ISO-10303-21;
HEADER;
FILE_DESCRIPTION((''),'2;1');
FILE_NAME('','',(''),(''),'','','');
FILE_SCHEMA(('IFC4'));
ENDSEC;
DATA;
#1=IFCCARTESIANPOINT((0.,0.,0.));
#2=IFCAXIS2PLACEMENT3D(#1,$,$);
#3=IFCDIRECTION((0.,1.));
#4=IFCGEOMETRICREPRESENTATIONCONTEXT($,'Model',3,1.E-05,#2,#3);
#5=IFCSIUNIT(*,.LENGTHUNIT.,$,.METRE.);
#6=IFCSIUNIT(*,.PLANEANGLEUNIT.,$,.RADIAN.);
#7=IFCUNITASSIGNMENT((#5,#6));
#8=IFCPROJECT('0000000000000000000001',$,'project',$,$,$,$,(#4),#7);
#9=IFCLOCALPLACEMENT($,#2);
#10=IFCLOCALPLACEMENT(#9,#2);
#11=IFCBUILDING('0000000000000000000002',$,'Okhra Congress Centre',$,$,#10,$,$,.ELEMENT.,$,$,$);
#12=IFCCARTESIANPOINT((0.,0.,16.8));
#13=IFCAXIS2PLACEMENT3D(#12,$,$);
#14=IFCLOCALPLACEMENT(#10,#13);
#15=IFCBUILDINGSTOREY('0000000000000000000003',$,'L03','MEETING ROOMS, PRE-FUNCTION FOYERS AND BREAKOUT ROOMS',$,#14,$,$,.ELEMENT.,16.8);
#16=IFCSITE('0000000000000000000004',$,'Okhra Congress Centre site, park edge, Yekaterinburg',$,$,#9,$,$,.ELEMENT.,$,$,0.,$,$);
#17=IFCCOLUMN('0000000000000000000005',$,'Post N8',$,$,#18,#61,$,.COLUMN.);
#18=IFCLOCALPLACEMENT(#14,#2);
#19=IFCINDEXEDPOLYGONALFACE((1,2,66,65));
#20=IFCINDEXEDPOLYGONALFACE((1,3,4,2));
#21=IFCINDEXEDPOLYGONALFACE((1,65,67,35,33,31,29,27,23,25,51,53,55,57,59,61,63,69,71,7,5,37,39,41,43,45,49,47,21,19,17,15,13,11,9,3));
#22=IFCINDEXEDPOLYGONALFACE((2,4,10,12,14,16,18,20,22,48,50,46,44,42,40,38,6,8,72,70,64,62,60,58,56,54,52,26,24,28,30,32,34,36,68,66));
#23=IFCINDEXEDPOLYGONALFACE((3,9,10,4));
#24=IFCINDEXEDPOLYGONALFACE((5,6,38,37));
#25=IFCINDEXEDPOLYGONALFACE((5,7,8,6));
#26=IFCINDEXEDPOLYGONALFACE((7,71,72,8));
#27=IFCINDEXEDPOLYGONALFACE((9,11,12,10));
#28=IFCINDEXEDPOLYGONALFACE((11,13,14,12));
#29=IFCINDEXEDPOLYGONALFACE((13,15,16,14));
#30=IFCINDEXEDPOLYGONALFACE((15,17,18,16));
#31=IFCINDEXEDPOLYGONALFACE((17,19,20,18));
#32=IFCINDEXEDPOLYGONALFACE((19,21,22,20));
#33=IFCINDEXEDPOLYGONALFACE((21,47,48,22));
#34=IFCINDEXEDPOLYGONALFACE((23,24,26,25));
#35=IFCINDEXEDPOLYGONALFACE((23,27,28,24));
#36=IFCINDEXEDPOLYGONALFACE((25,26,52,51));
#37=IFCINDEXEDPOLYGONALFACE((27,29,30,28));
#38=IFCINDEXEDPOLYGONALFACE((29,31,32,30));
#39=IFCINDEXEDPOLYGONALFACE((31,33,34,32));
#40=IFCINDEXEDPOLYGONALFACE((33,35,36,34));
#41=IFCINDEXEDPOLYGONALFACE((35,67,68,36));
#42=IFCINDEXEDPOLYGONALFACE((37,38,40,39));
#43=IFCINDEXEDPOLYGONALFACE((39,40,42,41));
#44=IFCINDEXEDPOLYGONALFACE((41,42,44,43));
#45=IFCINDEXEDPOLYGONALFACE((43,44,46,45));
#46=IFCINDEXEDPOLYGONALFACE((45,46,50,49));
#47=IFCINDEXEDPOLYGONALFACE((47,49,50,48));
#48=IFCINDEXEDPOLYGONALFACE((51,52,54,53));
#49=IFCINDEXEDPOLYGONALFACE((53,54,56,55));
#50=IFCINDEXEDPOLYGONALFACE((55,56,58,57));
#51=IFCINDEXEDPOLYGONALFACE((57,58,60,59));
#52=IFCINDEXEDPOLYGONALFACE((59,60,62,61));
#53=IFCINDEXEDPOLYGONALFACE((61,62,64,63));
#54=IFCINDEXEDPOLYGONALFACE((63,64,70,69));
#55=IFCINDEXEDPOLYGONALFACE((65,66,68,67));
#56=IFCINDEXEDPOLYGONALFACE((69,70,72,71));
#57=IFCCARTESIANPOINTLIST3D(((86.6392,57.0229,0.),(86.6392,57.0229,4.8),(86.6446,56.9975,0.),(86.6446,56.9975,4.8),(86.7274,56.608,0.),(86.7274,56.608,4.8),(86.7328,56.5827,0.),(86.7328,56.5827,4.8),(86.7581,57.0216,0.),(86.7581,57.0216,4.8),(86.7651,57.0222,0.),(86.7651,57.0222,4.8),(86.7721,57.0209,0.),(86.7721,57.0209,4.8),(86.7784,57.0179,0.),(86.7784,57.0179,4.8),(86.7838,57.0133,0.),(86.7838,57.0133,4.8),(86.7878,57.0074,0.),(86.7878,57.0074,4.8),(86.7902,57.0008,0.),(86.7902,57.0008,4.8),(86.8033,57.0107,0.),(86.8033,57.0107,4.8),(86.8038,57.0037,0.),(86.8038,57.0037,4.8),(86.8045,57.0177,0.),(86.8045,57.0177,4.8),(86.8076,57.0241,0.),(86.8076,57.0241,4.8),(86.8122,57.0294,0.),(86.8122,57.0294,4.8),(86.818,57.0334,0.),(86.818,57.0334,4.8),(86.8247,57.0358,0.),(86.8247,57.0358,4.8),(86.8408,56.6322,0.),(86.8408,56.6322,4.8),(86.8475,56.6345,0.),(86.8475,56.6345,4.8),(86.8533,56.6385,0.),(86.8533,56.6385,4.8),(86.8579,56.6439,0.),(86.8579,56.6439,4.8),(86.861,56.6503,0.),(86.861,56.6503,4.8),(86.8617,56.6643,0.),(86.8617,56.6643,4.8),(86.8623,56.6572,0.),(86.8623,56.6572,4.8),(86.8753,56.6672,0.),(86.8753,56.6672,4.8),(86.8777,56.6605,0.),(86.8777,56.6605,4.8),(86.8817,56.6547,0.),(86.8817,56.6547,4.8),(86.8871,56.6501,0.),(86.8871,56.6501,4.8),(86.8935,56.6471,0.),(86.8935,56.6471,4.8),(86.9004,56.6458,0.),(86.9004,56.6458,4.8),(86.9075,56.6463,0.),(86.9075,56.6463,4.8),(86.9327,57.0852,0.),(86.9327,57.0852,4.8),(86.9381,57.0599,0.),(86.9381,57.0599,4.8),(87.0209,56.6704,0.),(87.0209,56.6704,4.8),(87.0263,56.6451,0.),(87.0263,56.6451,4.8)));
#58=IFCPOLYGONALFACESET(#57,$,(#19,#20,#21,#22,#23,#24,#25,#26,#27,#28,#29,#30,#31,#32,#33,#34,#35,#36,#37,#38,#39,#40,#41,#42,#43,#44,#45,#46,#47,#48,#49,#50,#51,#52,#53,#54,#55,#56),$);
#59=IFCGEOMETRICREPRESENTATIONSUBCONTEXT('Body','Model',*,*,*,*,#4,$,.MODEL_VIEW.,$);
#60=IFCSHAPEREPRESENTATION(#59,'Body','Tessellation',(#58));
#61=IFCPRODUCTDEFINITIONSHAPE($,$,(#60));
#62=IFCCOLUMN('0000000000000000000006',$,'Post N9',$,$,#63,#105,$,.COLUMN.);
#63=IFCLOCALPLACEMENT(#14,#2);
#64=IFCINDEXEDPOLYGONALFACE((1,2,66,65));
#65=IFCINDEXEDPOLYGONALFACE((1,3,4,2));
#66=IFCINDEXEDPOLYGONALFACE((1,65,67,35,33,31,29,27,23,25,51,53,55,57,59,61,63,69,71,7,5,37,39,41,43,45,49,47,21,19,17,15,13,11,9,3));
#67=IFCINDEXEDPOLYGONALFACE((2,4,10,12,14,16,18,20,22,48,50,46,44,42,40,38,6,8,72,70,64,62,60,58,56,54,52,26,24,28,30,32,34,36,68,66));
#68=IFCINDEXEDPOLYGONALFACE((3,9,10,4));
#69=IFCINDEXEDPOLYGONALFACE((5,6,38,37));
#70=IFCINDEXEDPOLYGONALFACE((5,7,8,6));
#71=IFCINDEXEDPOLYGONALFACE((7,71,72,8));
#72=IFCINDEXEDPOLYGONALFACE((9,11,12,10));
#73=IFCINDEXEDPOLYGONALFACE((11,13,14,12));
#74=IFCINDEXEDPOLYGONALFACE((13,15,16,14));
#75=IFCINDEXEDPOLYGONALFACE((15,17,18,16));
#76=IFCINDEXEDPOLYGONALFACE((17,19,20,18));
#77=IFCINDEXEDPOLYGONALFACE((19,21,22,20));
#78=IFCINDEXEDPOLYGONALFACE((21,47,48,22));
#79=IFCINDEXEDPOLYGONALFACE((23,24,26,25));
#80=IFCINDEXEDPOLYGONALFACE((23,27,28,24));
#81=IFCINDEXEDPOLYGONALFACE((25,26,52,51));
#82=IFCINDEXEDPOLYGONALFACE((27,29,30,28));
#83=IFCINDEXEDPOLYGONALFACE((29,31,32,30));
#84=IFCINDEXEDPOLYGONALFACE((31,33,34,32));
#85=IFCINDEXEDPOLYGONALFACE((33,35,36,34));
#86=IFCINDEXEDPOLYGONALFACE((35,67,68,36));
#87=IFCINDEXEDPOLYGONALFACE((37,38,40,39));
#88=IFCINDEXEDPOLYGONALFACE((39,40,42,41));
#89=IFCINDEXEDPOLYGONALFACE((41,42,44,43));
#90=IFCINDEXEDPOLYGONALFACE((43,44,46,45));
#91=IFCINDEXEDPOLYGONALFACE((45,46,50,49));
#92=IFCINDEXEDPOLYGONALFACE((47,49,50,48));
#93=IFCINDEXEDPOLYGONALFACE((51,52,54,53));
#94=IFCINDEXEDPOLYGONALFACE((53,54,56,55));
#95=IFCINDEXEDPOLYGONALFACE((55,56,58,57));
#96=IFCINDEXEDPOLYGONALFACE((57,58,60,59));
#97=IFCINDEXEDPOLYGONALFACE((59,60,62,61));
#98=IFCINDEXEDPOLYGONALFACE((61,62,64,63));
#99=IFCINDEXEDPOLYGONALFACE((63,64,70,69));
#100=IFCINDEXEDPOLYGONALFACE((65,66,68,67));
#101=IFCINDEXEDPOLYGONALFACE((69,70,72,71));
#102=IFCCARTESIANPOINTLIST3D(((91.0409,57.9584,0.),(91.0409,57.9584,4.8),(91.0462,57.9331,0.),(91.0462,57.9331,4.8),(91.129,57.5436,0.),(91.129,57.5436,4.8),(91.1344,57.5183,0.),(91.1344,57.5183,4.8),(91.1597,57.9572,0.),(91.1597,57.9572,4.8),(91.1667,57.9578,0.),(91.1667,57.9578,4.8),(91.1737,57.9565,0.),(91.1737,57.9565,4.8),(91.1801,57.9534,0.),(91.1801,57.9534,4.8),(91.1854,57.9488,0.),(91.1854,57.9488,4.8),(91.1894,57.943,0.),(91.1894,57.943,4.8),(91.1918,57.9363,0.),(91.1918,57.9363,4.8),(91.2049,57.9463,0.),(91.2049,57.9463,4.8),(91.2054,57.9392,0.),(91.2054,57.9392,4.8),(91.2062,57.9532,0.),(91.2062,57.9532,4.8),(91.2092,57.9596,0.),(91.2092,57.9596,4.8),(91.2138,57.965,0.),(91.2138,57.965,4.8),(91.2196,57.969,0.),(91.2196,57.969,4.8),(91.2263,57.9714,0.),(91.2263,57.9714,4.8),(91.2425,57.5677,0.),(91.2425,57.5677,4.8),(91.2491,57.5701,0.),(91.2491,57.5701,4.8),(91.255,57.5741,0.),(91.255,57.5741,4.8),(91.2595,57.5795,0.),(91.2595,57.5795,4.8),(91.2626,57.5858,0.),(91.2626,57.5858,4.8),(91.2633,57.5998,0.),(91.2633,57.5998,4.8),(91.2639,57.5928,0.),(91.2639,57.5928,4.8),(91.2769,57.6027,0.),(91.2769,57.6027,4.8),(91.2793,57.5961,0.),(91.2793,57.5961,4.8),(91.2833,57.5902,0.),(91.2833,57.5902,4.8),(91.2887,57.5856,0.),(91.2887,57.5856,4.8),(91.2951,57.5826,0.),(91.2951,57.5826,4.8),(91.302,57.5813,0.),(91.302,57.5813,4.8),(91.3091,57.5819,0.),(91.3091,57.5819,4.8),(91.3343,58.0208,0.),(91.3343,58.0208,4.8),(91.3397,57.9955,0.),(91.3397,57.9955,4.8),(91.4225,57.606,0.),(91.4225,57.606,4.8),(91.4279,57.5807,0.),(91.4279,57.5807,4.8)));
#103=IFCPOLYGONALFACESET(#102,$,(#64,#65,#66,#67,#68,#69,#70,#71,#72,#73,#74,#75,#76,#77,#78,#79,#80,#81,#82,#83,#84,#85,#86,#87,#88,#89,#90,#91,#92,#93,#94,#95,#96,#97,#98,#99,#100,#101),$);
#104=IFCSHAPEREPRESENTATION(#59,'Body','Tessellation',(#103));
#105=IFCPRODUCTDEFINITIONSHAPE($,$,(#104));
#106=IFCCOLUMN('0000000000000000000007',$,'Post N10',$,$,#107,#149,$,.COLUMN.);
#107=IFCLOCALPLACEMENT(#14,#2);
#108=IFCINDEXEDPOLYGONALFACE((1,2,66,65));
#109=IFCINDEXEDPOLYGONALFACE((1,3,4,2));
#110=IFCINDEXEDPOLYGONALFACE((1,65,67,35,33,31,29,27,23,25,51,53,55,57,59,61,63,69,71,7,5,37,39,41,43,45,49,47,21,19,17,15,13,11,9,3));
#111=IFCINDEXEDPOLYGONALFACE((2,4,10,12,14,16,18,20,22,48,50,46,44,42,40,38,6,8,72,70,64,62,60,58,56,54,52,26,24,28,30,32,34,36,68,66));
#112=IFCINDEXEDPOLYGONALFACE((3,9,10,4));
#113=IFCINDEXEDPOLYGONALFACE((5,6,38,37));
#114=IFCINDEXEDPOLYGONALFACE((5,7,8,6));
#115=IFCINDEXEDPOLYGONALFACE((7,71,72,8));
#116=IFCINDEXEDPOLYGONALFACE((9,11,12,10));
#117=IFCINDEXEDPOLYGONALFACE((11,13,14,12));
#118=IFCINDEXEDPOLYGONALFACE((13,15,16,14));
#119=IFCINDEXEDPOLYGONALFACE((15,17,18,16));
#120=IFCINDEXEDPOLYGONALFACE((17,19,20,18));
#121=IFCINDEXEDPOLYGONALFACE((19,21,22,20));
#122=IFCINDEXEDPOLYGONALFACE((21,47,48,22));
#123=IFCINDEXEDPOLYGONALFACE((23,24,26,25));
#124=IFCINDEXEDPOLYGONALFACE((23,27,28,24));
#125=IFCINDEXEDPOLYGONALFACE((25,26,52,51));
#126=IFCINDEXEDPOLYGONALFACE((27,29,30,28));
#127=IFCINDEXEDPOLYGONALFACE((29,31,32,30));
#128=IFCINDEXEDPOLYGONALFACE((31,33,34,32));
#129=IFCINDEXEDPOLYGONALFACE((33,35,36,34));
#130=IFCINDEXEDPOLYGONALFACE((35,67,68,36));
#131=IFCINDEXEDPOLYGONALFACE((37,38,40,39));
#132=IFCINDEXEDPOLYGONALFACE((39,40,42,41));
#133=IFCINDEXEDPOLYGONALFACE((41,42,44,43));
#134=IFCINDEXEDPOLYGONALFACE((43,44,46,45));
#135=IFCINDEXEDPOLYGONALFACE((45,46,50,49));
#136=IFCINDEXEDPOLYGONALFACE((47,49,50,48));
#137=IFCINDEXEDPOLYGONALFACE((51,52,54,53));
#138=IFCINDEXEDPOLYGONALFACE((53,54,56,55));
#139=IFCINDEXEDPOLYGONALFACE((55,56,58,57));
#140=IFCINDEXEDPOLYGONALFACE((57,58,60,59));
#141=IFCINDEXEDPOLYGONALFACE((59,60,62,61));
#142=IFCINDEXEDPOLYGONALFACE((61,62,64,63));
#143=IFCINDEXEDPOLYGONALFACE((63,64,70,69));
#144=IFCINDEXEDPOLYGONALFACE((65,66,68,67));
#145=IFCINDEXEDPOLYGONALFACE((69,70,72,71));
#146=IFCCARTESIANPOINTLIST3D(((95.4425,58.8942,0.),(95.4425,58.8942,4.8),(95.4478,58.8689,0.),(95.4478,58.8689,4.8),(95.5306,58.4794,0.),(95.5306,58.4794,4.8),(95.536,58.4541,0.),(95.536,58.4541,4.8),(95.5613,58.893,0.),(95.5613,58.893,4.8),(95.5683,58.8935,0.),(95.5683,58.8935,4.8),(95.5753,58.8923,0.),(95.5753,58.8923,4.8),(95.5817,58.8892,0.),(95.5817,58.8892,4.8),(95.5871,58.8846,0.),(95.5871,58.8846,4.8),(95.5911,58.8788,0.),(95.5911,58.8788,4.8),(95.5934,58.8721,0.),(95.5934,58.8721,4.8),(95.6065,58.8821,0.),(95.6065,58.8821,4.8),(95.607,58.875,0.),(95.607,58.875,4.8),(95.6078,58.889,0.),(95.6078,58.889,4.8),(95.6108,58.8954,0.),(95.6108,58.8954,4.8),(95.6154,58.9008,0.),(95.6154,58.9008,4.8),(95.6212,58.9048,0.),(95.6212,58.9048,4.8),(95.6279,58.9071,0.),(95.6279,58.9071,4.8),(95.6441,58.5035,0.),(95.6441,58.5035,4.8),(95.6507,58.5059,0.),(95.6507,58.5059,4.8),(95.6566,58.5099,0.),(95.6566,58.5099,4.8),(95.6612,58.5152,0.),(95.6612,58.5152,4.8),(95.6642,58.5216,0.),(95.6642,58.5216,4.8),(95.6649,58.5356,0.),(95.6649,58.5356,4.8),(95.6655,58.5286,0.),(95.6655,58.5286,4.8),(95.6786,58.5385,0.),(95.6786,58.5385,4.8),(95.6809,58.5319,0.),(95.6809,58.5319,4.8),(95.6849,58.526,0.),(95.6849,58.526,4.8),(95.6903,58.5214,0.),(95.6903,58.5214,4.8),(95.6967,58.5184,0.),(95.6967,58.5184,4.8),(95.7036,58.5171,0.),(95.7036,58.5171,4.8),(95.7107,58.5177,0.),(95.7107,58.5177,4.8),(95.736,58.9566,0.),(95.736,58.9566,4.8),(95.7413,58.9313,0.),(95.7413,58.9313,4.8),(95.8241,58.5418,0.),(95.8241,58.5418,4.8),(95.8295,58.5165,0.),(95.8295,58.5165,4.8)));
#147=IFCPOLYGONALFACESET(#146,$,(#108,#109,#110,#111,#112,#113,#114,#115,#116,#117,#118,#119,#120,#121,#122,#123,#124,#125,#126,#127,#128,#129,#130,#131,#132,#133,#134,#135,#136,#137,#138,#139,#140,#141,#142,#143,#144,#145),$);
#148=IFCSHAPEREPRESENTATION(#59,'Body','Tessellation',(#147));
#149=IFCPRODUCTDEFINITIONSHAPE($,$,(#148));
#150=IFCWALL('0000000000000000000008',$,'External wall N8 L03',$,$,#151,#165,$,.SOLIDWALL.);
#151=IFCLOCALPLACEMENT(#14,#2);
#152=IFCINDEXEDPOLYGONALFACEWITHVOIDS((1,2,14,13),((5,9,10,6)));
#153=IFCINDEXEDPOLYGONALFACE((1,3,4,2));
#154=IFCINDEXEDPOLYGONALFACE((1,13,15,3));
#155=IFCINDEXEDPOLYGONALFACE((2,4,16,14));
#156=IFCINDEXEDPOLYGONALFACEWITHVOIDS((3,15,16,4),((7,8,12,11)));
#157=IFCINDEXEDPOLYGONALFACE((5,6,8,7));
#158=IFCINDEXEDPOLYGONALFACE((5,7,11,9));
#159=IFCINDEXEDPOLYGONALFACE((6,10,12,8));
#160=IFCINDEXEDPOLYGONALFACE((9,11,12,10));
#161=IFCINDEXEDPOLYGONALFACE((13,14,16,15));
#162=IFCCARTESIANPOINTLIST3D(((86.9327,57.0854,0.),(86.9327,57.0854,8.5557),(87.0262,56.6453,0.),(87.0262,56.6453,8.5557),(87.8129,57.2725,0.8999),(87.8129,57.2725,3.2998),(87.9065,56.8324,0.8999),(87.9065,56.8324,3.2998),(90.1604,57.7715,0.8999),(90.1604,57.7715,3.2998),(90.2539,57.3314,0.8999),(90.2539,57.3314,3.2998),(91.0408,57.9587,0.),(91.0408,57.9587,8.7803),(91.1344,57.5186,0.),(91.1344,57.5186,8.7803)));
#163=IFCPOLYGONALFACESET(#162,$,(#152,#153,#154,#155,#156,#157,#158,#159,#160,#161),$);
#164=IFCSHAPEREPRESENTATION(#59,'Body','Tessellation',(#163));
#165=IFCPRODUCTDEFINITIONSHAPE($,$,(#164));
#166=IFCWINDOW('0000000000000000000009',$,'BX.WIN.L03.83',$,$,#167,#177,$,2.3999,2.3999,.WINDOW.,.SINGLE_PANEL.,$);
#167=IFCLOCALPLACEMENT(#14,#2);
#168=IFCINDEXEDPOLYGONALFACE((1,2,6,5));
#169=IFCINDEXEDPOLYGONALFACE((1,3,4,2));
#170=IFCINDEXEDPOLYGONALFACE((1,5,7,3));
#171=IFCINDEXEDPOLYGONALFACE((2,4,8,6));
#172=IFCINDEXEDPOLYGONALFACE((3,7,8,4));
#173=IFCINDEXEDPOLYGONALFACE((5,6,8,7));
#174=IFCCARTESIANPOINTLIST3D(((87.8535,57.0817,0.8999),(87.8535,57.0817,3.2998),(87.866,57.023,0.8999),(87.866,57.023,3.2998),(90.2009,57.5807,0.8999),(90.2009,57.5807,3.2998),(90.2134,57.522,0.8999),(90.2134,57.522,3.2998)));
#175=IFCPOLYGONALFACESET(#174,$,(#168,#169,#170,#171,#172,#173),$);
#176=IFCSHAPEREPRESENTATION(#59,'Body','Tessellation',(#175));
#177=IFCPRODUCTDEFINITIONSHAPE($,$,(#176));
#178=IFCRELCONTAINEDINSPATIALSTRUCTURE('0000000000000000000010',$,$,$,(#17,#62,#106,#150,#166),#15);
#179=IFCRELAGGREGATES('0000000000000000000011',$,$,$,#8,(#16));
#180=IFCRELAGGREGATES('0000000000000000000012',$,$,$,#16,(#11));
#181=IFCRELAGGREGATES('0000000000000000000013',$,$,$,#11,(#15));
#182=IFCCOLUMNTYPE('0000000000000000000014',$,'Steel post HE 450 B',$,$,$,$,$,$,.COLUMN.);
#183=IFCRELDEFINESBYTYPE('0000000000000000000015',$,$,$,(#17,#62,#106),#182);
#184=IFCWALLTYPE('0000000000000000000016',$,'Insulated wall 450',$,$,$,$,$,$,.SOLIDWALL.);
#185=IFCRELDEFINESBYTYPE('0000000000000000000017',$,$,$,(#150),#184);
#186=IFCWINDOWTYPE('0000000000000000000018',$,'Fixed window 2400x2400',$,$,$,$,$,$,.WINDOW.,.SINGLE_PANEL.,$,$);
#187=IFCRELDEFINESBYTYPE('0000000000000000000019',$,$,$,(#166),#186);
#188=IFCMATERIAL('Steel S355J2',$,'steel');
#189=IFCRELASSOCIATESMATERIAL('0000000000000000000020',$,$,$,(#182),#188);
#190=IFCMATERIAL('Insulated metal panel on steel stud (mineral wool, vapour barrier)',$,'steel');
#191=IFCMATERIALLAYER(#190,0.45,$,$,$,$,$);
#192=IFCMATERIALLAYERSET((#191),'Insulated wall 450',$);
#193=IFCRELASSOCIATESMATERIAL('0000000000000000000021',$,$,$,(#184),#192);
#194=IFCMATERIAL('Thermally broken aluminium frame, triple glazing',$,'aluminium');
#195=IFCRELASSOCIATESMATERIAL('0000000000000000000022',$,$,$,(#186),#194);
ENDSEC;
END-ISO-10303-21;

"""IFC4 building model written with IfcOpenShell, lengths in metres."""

from ifc_helpers import new_model, si_unit, direction, frame, frame_2d, origin, origin_2d, place, context, subcontext, project, spatial, polyline, rectangle, i_section, outline, extrude, material, layer, layer_set, material_profile, profile_set, type_object, element, fill, save


model = new_model("IFC4")

# Units and contexts
model_context = context("Model", 3, precision=1e-05, world=origin(), true_north=direction((0.0, 1.0)))
body_context = subcontext(model_context, "Body", "Model", "MODEL_VIEW")
ifc_project = project(units=[si_unit("LENGTHUNIT", "METRE"), si_unit("PLANEANGLEUNIT", "RADIAN")], contexts=[model_context])

# Site, building, storey
site_placement = place(None, origin())
site = spatial("IfcSite", under=ifc_project, at=site_placement, Name="Okhra Congress Centre site, park edge, Yekaterinburg", CompositionType="ELEMENT", RefElevation=0.0)
building_placement = place(site_placement, origin())
building = spatial("IfcBuilding", under=site, at=building_placement, Name="Okhra Congress Centre", CompositionType="ELEMENT")
storey_placement = place(building_placement, frame((0.0, 0.0, 16.8)))
storey = spatial("IfcBuildingStorey", under=building, at=storey_placement, Name="L03", Description="MEETING ROOMS, PRE-FUNCTION FOYERS AND BREAKOUT ROOMS", CompositionType="ELEMENT", Elevation=16.8)

# Columns
ifc_material_1 = material(Name="Steel S355J2", Category="steel")
ifc_material_profile_1 = material_profile(ifc_material_1, i_section(OverallWidth=0.3, OverallDepth=0.45, WebThickness=0.0139, FlangeThickness=0.0259, FilletRadius=0.0271, at=origin_2d()), Name="HE 450 B")
ifc_profile_set_1 = profile_set([ifc_material_profile_1], Name="Steel S355J2")
column_type = type_object("IfcColumnType", Name="Steel post HE 450 B", PredefinedType="COLUMN", material=ifc_profile_set_1)
for number, where, z_axis, x_axis, name in (
    (1, (86.8328, 56.834, 0.0), (0.0, 0.0, 1.0), (0.978148, 0.207912, 0.0), "Post N8"),
    (2, (91.2344, 57.7695, 0.0), (0.0, 0.0, 1.0), (0.978148, 0.207912, 0.0), "Post N9"),
    (3, (95.636, 58.7053, 0.0), (0.0, 0.0, 1.0), (0.978148, 0.207912, 0.0), "Post N10"),
):
    element("IfcColumn", number, at=place(storey_placement, frame(where, z_axis=z_axis, x_axis=x_axis)), inside=storey, type_object=column_type, Name=name, PredefinedType="COLUMN", context=body_context, shape_type="SweptSolid", body=[
        extrude(i_section(OverallWidth=0.3, OverallDepth=0.45, WebThickness=0.0139, FlangeThickness=0.0259, FilletRadius=0.0271, at=origin_2d()), origin(), (0.0, 0.0, 1.0), 4.8),
    ])

# Wall, opening, window
ifc_material_2 = material(Name="Insulated metal panel on steel stud (mineral wool, vapour barrier)", Category="steel")
ifc_layer_1 = layer(ifc_material_2, 0.45)
ifc_layer_set_1 = layer_set([ifc_layer_1], Name="Insulated wall 450")
wall_type_1 = type_object("IfcWallType", Name="Insulated wall 450", PredefinedType="SOLIDWALL", material=ifc_layer_set_1)
wall_1_placement = place(storey_placement, frame((86.9795, 56.8652, 0.0), z_axis=(0.0, 0.0, 1.0), x_axis=(0.978144, 0.207929, 0.0)))
wall_1 = element("IfcWall", 4, at=wall_1_placement, inside=storey, type_object=wall_type_1, Name="External wall N8 L03", PredefinedType="SOLIDWALL", context=body_context, shape_type="SweptSolid", body=[
    extrude(outline(polyline([(0.0, 0.0), (4.2, 0.0), (4.2, 8.7803), (0.0, 8.5557), (0.0, 0.0)])), frame((0.0, 0.2251, 0.0), z_axis=(0.0, -1.0, 0.0), x_axis=(1.0, 0.0, 0.0)), (0.0, 0.0, 1.0), 0.45),
])
opening_1_placement = place(wall_1_placement, frame((0.8999, 0.0, 0.8999)))
opening_1 = element("IfcOpeningElement", 5, at=opening_1_placement, cuts=wall_1, PredefinedType="OPENING", context=body_context, shape_type="SweptSolid", body=[
    extrude(rectangle(XDim=2.3999, YDim=2.3999, at=frame_2d((1.2, 1.2))), frame((0.0, 0.2349, 0.0), z_axis=(0.0, -1.0, 0.0), x_axis=(1.0, 0.0, 0.0)), (0.0, 0.0, 1.0), 0.47),
])
ifc_material_3 = material(Name="Thermally broken aluminium frame, triple glazing", Category="aluminium")
window_type_1 = type_object("IfcWindowType", Name="Fixed window 2400x2400", PartitioningType="SINGLE_PANEL", PredefinedType="WINDOW", material=ifc_material_3)
window_1_placement = place(opening_1_placement, origin())
window_1 = element("IfcWindow", 6, at=window_1_placement, inside=storey, type_object=window_type_1, Name="BX.WIN.L03.83", OverallHeight=2.3999, OverallWidth=2.3999, PartitioningType="SINGLE_PANEL", PredefinedType="WINDOW", context=body_context, shape_type="SweptSolid", body=[
    extrude(rectangle(XDim=2.3999, YDim=2.3999, at=frame_2d((1.2, 1.2))), frame((0.0, 0.03, 0.0), z_axis=(0.0, -1.0, 0.0), x_axis=(1.0, 0.0, 0.0)), (0.0, 0.0, 1.0), 0.0601),
])
fill(opening_1, window_1)

save(model, "model.ifc")
